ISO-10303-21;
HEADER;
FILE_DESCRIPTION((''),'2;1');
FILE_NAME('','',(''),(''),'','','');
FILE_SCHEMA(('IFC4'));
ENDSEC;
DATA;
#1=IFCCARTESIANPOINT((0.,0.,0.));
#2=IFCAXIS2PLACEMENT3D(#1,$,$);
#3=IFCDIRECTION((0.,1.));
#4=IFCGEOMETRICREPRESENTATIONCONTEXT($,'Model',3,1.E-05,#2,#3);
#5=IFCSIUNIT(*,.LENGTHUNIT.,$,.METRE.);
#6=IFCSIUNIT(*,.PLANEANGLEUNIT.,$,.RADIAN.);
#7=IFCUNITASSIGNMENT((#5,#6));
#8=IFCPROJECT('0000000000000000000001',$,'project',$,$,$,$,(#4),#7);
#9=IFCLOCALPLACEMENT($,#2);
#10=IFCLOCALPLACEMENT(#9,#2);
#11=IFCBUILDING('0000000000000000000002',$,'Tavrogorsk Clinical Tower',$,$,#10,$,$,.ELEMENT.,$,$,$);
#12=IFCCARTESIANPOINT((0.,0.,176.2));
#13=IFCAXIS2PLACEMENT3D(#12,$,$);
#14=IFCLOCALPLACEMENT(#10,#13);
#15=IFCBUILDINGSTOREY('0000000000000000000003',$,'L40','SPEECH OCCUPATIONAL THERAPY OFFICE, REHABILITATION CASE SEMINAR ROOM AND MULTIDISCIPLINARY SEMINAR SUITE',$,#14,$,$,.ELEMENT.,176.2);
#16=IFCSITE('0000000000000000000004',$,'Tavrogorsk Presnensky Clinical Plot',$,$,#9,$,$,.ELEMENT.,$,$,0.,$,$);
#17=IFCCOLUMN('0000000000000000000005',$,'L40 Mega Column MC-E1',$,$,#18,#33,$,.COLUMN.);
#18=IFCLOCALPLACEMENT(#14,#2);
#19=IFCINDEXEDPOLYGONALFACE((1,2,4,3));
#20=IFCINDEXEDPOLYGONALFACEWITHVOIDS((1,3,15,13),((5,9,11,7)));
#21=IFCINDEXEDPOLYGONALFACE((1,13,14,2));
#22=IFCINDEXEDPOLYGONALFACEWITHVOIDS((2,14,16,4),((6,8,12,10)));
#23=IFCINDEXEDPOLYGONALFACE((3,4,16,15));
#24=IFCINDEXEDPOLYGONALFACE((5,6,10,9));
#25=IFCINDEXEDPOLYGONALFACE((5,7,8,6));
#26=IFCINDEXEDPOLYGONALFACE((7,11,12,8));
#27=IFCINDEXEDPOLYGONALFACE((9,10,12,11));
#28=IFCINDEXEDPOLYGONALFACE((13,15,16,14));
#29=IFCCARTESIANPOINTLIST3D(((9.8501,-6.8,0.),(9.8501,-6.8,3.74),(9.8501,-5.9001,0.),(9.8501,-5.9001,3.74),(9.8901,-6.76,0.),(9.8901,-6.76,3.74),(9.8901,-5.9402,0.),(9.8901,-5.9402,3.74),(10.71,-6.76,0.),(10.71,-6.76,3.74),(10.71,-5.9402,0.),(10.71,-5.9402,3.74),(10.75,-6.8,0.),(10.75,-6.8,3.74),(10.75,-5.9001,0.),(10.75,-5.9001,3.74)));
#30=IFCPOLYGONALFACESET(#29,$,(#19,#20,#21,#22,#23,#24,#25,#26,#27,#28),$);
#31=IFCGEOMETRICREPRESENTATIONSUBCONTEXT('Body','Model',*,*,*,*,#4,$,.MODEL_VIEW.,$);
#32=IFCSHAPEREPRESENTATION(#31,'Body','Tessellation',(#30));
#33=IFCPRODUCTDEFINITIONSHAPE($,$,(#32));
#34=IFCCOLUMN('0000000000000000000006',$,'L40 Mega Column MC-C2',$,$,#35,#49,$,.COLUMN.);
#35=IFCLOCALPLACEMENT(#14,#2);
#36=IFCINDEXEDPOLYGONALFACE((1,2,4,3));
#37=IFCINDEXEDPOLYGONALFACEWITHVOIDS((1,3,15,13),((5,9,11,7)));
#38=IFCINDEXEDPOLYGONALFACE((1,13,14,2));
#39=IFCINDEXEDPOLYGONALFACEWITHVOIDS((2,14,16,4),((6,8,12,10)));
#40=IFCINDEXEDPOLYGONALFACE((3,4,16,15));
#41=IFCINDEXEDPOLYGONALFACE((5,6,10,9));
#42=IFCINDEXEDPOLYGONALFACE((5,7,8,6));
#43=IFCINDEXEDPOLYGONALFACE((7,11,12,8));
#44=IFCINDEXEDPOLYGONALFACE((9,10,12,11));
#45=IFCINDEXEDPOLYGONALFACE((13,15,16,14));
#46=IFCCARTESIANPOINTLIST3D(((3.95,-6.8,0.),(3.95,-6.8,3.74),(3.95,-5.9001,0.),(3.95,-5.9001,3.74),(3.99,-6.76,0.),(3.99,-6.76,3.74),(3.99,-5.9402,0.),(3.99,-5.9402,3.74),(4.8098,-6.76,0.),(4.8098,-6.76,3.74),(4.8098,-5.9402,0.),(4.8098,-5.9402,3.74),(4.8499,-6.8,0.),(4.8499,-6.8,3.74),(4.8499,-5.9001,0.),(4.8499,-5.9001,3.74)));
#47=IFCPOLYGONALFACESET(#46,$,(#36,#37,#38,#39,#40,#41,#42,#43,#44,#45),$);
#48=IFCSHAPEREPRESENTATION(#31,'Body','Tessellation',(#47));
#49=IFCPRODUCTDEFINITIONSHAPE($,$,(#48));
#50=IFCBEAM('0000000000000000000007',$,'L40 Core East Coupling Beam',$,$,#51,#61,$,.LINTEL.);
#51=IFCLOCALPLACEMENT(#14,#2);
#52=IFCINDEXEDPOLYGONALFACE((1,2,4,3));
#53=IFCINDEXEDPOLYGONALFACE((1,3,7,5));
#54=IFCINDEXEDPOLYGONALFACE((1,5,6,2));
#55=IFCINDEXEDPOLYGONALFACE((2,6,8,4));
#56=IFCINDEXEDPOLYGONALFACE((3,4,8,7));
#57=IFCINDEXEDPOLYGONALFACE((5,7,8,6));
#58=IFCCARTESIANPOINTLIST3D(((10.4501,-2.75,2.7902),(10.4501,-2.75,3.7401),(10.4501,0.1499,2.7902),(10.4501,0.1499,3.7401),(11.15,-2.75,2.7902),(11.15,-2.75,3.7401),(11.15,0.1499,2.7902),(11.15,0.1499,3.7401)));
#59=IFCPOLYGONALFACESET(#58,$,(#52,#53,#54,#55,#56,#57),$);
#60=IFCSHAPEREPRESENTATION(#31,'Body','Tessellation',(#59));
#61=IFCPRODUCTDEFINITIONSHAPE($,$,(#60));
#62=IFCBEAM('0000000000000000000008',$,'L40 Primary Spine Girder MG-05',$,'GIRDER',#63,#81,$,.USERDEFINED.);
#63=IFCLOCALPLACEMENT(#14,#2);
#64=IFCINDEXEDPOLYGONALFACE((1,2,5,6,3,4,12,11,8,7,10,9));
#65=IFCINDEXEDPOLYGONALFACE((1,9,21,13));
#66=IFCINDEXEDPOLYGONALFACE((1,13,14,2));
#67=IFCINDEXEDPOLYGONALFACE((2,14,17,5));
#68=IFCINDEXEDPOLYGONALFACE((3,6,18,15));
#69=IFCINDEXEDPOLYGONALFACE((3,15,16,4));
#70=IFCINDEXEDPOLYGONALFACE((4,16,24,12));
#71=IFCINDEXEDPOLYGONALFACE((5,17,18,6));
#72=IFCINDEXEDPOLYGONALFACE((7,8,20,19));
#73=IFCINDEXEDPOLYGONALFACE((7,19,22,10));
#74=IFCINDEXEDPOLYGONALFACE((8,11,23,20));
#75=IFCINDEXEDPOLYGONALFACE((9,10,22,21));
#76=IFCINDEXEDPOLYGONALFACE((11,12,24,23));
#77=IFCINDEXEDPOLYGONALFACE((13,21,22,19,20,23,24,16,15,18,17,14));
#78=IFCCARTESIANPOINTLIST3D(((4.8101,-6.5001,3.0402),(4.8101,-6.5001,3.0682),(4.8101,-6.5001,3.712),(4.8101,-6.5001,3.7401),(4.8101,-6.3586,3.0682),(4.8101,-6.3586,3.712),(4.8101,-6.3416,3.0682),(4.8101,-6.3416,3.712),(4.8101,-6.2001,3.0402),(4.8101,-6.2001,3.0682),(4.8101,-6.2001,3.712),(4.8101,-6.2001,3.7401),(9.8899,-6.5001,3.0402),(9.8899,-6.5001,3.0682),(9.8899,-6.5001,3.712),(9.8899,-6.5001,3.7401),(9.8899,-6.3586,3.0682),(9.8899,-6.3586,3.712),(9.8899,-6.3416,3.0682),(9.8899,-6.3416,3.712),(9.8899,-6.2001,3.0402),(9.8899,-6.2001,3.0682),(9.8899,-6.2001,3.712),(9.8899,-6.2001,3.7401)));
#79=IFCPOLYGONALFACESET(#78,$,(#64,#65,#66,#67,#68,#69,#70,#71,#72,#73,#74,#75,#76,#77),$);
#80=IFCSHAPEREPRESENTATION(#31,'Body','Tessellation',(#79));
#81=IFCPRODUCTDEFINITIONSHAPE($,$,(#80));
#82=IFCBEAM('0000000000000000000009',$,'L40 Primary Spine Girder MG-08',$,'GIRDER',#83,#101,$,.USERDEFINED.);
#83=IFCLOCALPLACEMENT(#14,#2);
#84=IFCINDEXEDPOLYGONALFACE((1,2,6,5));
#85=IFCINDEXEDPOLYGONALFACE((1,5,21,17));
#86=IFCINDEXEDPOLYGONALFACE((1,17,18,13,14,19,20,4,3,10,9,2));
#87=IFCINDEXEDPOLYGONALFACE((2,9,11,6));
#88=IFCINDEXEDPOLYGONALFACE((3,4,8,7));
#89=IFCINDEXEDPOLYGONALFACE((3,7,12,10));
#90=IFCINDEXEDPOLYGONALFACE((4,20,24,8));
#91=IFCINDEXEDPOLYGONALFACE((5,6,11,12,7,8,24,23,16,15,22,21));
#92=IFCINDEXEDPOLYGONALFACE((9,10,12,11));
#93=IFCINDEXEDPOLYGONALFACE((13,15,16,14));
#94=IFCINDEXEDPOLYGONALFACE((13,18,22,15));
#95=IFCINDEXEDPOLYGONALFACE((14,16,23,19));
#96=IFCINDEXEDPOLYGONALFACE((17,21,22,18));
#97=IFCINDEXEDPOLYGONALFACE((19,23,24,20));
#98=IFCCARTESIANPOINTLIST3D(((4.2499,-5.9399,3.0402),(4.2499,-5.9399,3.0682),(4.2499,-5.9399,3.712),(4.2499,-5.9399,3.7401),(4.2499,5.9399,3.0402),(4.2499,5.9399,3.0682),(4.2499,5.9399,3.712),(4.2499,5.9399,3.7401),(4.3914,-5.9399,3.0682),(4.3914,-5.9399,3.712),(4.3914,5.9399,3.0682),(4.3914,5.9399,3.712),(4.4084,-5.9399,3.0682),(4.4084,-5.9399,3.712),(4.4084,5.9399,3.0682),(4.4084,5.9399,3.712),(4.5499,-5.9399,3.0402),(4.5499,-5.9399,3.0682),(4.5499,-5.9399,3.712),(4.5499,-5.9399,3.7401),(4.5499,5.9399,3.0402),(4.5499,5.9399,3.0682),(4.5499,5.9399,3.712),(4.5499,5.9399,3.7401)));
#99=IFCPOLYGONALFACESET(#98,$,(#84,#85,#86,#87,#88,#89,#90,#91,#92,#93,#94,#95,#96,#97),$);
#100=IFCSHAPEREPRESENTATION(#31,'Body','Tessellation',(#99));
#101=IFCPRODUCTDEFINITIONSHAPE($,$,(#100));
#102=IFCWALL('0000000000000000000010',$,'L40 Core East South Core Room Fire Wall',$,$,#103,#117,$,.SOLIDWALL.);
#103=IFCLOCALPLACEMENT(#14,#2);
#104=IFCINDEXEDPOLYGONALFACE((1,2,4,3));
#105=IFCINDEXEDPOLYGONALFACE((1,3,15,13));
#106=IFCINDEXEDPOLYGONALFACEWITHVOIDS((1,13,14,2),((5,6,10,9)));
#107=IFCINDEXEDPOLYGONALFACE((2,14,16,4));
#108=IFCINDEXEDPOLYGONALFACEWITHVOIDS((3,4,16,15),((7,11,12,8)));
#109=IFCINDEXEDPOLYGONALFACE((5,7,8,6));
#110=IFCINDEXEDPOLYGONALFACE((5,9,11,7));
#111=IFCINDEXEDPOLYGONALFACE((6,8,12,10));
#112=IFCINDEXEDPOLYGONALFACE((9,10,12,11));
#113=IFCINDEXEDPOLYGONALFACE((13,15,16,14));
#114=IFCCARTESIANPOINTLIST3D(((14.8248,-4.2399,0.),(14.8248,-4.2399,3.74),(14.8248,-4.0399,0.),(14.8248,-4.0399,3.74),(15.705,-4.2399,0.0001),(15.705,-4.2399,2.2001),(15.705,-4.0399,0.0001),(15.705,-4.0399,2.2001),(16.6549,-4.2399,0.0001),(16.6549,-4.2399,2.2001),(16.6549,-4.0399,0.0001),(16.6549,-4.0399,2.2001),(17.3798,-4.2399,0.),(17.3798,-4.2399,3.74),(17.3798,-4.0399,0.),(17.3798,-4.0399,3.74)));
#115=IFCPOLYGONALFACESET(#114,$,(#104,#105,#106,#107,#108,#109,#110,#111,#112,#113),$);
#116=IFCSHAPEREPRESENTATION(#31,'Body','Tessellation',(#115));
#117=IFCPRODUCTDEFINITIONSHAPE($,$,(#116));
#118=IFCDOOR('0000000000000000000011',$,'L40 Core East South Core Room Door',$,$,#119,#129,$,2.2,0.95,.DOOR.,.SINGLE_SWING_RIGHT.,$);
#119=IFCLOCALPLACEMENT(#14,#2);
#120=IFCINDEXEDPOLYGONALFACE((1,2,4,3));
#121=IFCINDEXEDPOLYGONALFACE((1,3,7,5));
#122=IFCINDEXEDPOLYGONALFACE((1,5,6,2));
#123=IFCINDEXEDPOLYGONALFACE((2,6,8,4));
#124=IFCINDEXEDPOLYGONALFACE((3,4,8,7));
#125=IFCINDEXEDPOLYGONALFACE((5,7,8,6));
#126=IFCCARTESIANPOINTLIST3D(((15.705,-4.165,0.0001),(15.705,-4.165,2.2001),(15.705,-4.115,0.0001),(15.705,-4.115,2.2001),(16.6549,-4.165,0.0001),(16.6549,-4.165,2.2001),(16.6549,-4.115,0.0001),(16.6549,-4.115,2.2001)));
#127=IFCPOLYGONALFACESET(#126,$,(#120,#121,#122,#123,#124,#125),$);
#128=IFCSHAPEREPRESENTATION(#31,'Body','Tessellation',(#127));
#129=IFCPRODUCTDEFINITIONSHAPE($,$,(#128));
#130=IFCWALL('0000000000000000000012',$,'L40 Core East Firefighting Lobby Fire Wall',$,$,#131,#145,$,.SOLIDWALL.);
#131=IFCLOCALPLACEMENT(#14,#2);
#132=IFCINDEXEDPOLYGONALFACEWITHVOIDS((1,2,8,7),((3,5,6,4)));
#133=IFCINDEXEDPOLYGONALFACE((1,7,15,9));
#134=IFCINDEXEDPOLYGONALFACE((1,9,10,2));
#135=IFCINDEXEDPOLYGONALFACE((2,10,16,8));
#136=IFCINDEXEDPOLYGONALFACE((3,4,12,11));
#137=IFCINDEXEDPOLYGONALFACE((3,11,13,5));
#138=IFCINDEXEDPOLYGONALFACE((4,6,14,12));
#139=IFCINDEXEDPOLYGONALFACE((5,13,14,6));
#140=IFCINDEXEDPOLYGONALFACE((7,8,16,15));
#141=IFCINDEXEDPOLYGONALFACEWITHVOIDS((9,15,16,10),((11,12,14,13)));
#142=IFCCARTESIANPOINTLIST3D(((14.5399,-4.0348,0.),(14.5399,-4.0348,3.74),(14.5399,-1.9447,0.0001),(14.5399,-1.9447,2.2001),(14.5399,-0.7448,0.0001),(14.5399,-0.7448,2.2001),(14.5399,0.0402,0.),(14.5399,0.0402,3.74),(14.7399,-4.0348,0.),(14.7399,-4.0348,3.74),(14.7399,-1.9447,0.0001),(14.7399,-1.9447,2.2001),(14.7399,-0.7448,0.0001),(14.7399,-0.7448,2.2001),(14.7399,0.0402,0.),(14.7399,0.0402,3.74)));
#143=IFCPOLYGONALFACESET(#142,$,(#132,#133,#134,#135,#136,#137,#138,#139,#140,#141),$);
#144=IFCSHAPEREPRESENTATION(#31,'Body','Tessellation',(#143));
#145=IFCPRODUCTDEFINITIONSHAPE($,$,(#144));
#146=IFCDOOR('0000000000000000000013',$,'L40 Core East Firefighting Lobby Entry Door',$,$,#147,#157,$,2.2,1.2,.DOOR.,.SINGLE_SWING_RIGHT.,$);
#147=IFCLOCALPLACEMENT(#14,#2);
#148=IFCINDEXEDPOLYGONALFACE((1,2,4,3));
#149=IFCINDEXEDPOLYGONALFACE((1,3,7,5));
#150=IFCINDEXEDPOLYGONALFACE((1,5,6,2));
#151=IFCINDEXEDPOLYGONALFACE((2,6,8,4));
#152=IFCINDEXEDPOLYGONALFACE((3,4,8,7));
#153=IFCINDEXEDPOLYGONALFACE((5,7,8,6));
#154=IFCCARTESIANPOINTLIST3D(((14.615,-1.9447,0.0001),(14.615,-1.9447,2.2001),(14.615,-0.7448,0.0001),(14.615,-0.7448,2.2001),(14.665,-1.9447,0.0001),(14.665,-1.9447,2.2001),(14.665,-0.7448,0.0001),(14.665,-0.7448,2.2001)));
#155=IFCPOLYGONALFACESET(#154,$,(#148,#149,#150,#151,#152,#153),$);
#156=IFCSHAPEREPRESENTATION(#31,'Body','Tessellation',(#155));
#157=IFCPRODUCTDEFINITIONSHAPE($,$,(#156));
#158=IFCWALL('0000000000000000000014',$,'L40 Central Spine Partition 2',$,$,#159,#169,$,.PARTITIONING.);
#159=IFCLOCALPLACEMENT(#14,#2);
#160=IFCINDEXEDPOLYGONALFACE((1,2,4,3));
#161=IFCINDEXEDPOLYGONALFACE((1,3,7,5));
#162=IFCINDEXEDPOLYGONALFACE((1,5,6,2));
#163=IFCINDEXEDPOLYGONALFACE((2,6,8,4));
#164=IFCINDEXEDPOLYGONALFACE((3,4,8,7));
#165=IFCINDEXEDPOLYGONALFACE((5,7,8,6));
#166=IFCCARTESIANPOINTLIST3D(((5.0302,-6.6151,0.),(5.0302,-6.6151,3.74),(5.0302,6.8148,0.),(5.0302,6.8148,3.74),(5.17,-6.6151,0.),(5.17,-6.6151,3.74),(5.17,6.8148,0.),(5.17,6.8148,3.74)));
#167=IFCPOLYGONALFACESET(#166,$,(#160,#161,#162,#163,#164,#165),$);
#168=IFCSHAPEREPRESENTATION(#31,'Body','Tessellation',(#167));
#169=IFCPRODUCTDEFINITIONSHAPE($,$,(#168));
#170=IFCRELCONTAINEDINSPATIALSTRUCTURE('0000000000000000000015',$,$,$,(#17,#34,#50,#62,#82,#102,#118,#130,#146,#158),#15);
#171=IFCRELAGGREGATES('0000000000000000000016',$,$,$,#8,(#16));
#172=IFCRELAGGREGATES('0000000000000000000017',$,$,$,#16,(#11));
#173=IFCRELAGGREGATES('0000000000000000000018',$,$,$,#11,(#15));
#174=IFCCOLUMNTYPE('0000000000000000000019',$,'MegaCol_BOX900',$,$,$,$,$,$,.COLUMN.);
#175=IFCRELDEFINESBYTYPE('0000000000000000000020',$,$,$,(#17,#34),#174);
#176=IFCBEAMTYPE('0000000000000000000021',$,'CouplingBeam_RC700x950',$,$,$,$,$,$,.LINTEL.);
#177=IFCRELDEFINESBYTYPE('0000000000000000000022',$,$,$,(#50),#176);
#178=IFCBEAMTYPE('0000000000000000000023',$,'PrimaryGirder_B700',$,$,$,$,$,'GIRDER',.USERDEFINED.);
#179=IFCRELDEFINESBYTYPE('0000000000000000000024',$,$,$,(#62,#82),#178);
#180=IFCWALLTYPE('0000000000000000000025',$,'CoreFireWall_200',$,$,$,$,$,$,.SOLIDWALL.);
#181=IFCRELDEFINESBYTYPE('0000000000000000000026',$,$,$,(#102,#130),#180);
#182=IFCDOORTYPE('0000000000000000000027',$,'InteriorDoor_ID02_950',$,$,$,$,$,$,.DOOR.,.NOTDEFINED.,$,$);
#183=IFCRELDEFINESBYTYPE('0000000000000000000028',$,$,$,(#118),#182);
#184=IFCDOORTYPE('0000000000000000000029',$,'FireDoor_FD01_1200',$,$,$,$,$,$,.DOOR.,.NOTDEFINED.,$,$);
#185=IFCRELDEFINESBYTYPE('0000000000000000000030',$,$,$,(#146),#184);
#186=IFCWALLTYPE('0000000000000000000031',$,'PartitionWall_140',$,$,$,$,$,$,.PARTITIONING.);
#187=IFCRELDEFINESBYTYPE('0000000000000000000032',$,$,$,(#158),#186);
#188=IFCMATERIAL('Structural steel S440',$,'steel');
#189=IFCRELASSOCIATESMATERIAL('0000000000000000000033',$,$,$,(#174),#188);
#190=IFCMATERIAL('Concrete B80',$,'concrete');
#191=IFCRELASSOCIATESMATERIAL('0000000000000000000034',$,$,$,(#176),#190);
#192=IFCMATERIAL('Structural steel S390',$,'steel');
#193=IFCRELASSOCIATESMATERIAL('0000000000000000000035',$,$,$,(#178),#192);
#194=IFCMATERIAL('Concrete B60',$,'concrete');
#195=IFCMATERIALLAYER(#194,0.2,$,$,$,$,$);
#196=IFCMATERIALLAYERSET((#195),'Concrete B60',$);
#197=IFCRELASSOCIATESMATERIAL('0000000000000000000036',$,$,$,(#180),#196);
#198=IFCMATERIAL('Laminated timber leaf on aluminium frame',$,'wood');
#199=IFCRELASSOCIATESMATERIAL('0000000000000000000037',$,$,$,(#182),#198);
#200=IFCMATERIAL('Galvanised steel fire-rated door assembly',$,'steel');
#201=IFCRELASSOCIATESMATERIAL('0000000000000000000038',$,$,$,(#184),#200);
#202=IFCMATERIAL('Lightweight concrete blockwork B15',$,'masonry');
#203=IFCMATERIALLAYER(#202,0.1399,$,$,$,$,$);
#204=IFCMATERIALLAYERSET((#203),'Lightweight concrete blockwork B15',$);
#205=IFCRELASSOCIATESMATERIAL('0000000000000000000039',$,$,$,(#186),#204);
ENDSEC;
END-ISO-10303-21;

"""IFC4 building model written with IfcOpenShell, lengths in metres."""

from ifc_helpers import new_model, si_unit, direction, frame, frame_2d, origin, origin_2d, place, context, subcontext, project, spatial, rectangle, hollow_rectangle, i_section, extrude, material, layer, layer_set, material_profile, profile_set, type_object, element, fill, save


model = new_model("IFC4")

# Units and contexts
model_context = context("Model", 3, precision=1e-05, world=origin(), true_north=direction((0.0, 1.0)))
body_context = subcontext(model_context, "Body", "Model", "MODEL_VIEW")
ifc_project = project(units=[si_unit("LENGTHUNIT", "METRE"), si_unit("PLANEANGLEUNIT", "RADIAN")], contexts=[model_context])

# Site, building, storey
site_placement = place(None, origin())
site = spatial("IfcSite", under=ifc_project, at=site_placement, Name="Tavrogorsk Presnensky Clinical Plot", CompositionType="ELEMENT", RefElevation=0.0)
building_placement = place(site_placement, origin())
building = spatial("IfcBuilding", under=site, at=building_placement, Name="Tavrogorsk Clinical Tower", CompositionType="ELEMENT")
storey_placement = place(building_placement, frame((0.0, 0.0, 176.2)))
storey = spatial("IfcBuildingStorey", under=building, at=storey_placement, Name="L40", Description="SPEECH OCCUPATIONAL THERAPY OFFICE, REHABILITATION CASE SEMINAR ROOM AND MULTIDISCIPLINARY SEMINAR SUITE", CompositionType="ELEMENT", Elevation=176.2)

# Columns
ifc_material_1 = material(Name="Structural steel S440", Category="steel")
ifc_material_profile_1 = material_profile(ifc_material_1, hollow_rectangle(XDim=0.8999, YDim=0.8999, WallThickness=0.04, at=origin_2d()), Name="BOX-900x900x40")
ifc_profile_set_1 = profile_set([ifc_material_profile_1], Name="Structural steel S440")
column_type = type_object("IfcColumnType", Name="MegaCol_BOX900", PredefinedType="COLUMN", material=ifc_profile_set_1)
for number, where, z_axis, x_axis, name in (
    (1, (10.3, -6.3501, 0.0), (0.0, 0.0, 1.0), (1.0, 0.0, 0.0), "L40 Mega Column MC-E1"),
    (2, (4.3999, -6.3501, 0.0), (0.0, 0.0, 1.0), (1.0, 0.0, 0.0), "L40 Mega Column MC-C2"),
):
    element("IfcColumn", number, at=place(storey_placement, frame(where, z_axis=z_axis, x_axis=x_axis)), inside=storey, type_object=column_type, Name=name, PredefinedType="COLUMN", context=body_context, shape_type="SweptSolid", body=[
        extrude(hollow_rectangle(XDim=0.8999, YDim=0.8999, WallThickness=0.04, at=origin_2d()), origin(), (0.0, 0.0, 1.0), 3.74),
    ])

# Beams
ifc_material_2 = material(Name="Concrete B80", Category="concrete")
ifc_material_profile_2 = material_profile(ifc_material_2, rectangle(XDim=0.7, YDim=0.95, at=origin_2d()), Name="RC-CB-700x950")
ifc_profile_set_2 = profile_set([ifc_material_profile_2], Name="Concrete B80")
beam_type_1 = type_object("IfcBeamType", Name="CouplingBeam_RC700x950", PredefinedType="LINTEL", material=ifc_profile_set_2)
beam_1_placement = place(storey_placement, frame((10.8, -2.75, 3.2651), z_axis=(0.0, 1.0, 0.0), x_axis=(-1.0, 0.0, 0.0)))
element("IfcBeam", 3, at=beam_1_placement, inside=storey, type_object=beam_type_1, Name="L40 Core East Coupling Beam", PredefinedType="LINTEL", context=body_context, shape_type="SweptSolid", body=[
    extrude(rectangle(XDim=0.7, YDim=0.95, at=origin_2d()), origin(), (0.0, 0.0, 1.0), 2.8999),
])
ifc_material_3 = material(Name="Structural steel S390", Category="steel")
ifc_material_profile_3 = material_profile(ifc_material_3, i_section(OverallWidth=0.3, OverallDepth=0.7, WebThickness=0.0171, FlangeThickness=0.0281, at=origin_2d()), Name="B-700x300x17x28")
ifc_profile_set_3 = profile_set([ifc_material_profile_3], Name="Structural steel S390")
beam_type_2 = type_object("IfcBeamType", Name="PrimaryGirder_B700", ElementType="GIRDER", PredefinedType="USERDEFINED", material=ifc_profile_set_3)
beam_2_placement = place(storey_placement, frame((4.8101, -6.3501, 3.3901), z_axis=(1.0, 0.0, 0.0), x_axis=(0.0, 1.0, 0.0)))
element("IfcBeam", 4, at=beam_2_placement, inside=storey, type_object=beam_type_2, Name="L40 Primary Spine Girder MG-05", ObjectType="GIRDER", PredefinedType="USERDEFINED", context=body_context, shape_type="SweptSolid", body=[
    extrude(i_section(OverallWidth=0.3, OverallDepth=0.7, WebThickness=0.0171, FlangeThickness=0.0281, at=origin_2d()), origin(), (0.0, 0.0, 1.0), 5.0798),
])
beam_3_placement = place(storey_placement, frame((4.3999, -5.9399, 3.3901), z_axis=(0.0, 1.0, 0.0), x_axis=(-1.0, 0.0, 0.0)))
element("IfcBeam", 5, at=beam_3_placement, inside=storey, type_object=beam_type_2, Name="L40 Primary Spine Girder MG-08", ObjectType="GIRDER", PredefinedType="USERDEFINED", context=body_context, shape_type="SweptSolid", body=[
    extrude(i_section(OverallWidth=0.3, OverallDepth=0.7, WebThickness=0.0171, FlangeThickness=0.0281, at=origin_2d()), origin(), (0.0, 0.0, 1.0), 11.8799),
])

# Walls, openings, doors
ifc_material_4 = material(Name="Concrete B60", Category="concrete")
ifc_layer_1 = layer(ifc_material_4, 0.2)
ifc_layer_set_1 = layer_set([ifc_layer_1], Name="Concrete B60")
wall_type_1 = type_object("IfcWallType", Name="CoreFireWall_200", PredefinedType="SOLIDWALL", material=ifc_layer_set_1)
wall_1_placement = place(storey_placement, frame((14.825, -4.1399, 0.0), z_axis=(0.0, 0.0, 1.0), x_axis=(1.0, 0.0, 0.0)))
wall_1 = element("IfcWall", 6, at=wall_1_placement, inside=storey, type_object=wall_type_1, Name="L40 Core East South Core Room Fire Wall", PredefinedType="SOLIDWALL", context=body_context, shape_type="SweptSolid", body=[
    extrude(rectangle(XDim=2.5549, YDim=0.2, at=frame_2d((1.2773, 0.0))), origin(), (0.0, 0.0, 1.0), 3.74),
])
opening_1_placement = place(wall_1_placement, frame((0.8799, 0.0, 0.0)))
opening_1 = element("IfcOpeningElement", 7, at=opening_1_placement, cuts=wall_1, PredefinedType="OPENING", context=body_context, shape_type="SweptSolid", body=[
    extrude(rectangle(XDim=0.95, YDim=2.2, at=frame_2d((0.4751, 1.1001))), frame((0.0, 0.1099, 0.0), z_axis=(0.0, -1.0, 0.0), x_axis=(1.0, 0.0, 0.0)), (0.0, 0.0, 1.0), 0.22),
])
ifc_material_5 = material(Name="Laminated timber leaf on aluminium frame", Category="wood")
door_type_1 = type_object("IfcDoorType", Name="InteriorDoor_ID02_950", OperationType="NOTDEFINED", PredefinedType="DOOR", material=ifc_material_5)
door_1_placement = place(opening_1_placement, origin())
door_1 = element("IfcDoor", 8, at=door_1_placement, inside=storey, type_object=door_type_1, Name="L40 Core East South Core Room Door", OperationType="SINGLE_SWING_RIGHT", OverallHeight=2.2, OverallWidth=0.95, PredefinedType="DOOR", context=body_context, shape_type="SweptSolid", body=[
    extrude(rectangle(XDim=0.95, YDim=2.2, at=frame_2d((0.4751, 1.1001))), frame((0.0, 0.0249, 0.0), z_axis=(0.0, -1.0, 0.0), x_axis=(1.0, 0.0, 0.0)), (0.0, 0.0, 1.0), 0.05),
])
fill(opening_1, door_1)
wall_2_placement = place(storey_placement, frame((14.6399, -4.0349, 0.0), z_axis=(0.0, 0.0, 1.0), x_axis=(0.0, 1.0, 0.0)))
wall_2 = element("IfcWall", 9, at=wall_2_placement, inside=storey, type_object=wall_type_1, Name="L40 Core East Firefighting Lobby Fire Wall", PredefinedType="SOLIDWALL", context=body_context, shape_type="SweptSolid", body=[
    extrude(rectangle(XDim=4.075, YDim=0.2, at=frame_2d((2.0376, 0.0))), origin(), (0.0, 0.0, 1.0), 3.74),
])
opening_2_placement = place(wall_2_placement, frame((2.0901, 0.0, 0.0)))
opening_2 = element("IfcOpeningElement", 10, at=opening_2_placement, cuts=wall_2, PredefinedType="OPENING", context=body_context, shape_type="SweptSolid", body=[
    extrude(rectangle(XDim=1.2, YDim=2.2, at=frame_2d((0.6001, 1.1001))), frame((0.0, 0.1099, 0.0), z_axis=(0.0, -1.0, 0.0), x_axis=(1.0, 0.0, 0.0)), (0.0, 0.0, 1.0), 0.22),
])
ifc_material_6 = material(Name="Galvanised steel fire-rated door assembly", Category="steel")
door_type_2 = type_object("IfcDoorType", Name="FireDoor_FD01_1200", OperationType="NOTDEFINED", PredefinedType="DOOR", material=ifc_material_6)
door_2_placement = place(opening_2_placement, origin())
door_2 = element("IfcDoor", 11, at=door_2_placement, inside=storey, type_object=door_type_2, Name="L40 Core East Firefighting Lobby Entry Door", OperationType="SINGLE_SWING_RIGHT", OverallHeight=2.2, OverallWidth=1.2, PredefinedType="DOOR", context=body_context, shape_type="SweptSolid", body=[
    extrude(rectangle(XDim=1.2, YDim=2.2, at=frame_2d((0.6001, 1.1001))), frame((0.0, 0.0249, 0.0), z_axis=(0.0, -1.0, 0.0), x_axis=(1.0, 0.0, 0.0)), (0.0, 0.0, 1.0), 0.05),
])
fill(opening_2, door_2)

# Wall
ifc_material_7 = material(Name="Lightweight concrete blockwork B15", Category="masonry")
ifc_layer_2 = layer(ifc_material_7, 0.1399)
ifc_layer_set_2 = layer_set([ifc_layer_2], Name="Lightweight concrete blockwork B15")
wall_type_2 = type_object("IfcWallType", Name="PartitionWall_140", PredefinedType="PARTITIONING", material=ifc_layer_set_2)
wall_3_placement = place(storey_placement, frame((5.1001, -6.615, 0.0), z_axis=(0.0, 0.0, 1.0), x_axis=(0.0, 1.0, 0.0)))
element("IfcWall", 12, at=wall_3_placement, inside=storey, type_object=wall_type_2, Name="L40 Central Spine Partition 2", PredefinedType="PARTITIONING", context=body_context, shape_type="SweptSolid", body=[
    extrude(rectangle(XDim=13.4299, YDim=0.1399, at=frame_2d((6.7148, 0.0))), origin(), (0.0, 0.0, 1.0), 3.74),
])

save(model, "model.ifc")
